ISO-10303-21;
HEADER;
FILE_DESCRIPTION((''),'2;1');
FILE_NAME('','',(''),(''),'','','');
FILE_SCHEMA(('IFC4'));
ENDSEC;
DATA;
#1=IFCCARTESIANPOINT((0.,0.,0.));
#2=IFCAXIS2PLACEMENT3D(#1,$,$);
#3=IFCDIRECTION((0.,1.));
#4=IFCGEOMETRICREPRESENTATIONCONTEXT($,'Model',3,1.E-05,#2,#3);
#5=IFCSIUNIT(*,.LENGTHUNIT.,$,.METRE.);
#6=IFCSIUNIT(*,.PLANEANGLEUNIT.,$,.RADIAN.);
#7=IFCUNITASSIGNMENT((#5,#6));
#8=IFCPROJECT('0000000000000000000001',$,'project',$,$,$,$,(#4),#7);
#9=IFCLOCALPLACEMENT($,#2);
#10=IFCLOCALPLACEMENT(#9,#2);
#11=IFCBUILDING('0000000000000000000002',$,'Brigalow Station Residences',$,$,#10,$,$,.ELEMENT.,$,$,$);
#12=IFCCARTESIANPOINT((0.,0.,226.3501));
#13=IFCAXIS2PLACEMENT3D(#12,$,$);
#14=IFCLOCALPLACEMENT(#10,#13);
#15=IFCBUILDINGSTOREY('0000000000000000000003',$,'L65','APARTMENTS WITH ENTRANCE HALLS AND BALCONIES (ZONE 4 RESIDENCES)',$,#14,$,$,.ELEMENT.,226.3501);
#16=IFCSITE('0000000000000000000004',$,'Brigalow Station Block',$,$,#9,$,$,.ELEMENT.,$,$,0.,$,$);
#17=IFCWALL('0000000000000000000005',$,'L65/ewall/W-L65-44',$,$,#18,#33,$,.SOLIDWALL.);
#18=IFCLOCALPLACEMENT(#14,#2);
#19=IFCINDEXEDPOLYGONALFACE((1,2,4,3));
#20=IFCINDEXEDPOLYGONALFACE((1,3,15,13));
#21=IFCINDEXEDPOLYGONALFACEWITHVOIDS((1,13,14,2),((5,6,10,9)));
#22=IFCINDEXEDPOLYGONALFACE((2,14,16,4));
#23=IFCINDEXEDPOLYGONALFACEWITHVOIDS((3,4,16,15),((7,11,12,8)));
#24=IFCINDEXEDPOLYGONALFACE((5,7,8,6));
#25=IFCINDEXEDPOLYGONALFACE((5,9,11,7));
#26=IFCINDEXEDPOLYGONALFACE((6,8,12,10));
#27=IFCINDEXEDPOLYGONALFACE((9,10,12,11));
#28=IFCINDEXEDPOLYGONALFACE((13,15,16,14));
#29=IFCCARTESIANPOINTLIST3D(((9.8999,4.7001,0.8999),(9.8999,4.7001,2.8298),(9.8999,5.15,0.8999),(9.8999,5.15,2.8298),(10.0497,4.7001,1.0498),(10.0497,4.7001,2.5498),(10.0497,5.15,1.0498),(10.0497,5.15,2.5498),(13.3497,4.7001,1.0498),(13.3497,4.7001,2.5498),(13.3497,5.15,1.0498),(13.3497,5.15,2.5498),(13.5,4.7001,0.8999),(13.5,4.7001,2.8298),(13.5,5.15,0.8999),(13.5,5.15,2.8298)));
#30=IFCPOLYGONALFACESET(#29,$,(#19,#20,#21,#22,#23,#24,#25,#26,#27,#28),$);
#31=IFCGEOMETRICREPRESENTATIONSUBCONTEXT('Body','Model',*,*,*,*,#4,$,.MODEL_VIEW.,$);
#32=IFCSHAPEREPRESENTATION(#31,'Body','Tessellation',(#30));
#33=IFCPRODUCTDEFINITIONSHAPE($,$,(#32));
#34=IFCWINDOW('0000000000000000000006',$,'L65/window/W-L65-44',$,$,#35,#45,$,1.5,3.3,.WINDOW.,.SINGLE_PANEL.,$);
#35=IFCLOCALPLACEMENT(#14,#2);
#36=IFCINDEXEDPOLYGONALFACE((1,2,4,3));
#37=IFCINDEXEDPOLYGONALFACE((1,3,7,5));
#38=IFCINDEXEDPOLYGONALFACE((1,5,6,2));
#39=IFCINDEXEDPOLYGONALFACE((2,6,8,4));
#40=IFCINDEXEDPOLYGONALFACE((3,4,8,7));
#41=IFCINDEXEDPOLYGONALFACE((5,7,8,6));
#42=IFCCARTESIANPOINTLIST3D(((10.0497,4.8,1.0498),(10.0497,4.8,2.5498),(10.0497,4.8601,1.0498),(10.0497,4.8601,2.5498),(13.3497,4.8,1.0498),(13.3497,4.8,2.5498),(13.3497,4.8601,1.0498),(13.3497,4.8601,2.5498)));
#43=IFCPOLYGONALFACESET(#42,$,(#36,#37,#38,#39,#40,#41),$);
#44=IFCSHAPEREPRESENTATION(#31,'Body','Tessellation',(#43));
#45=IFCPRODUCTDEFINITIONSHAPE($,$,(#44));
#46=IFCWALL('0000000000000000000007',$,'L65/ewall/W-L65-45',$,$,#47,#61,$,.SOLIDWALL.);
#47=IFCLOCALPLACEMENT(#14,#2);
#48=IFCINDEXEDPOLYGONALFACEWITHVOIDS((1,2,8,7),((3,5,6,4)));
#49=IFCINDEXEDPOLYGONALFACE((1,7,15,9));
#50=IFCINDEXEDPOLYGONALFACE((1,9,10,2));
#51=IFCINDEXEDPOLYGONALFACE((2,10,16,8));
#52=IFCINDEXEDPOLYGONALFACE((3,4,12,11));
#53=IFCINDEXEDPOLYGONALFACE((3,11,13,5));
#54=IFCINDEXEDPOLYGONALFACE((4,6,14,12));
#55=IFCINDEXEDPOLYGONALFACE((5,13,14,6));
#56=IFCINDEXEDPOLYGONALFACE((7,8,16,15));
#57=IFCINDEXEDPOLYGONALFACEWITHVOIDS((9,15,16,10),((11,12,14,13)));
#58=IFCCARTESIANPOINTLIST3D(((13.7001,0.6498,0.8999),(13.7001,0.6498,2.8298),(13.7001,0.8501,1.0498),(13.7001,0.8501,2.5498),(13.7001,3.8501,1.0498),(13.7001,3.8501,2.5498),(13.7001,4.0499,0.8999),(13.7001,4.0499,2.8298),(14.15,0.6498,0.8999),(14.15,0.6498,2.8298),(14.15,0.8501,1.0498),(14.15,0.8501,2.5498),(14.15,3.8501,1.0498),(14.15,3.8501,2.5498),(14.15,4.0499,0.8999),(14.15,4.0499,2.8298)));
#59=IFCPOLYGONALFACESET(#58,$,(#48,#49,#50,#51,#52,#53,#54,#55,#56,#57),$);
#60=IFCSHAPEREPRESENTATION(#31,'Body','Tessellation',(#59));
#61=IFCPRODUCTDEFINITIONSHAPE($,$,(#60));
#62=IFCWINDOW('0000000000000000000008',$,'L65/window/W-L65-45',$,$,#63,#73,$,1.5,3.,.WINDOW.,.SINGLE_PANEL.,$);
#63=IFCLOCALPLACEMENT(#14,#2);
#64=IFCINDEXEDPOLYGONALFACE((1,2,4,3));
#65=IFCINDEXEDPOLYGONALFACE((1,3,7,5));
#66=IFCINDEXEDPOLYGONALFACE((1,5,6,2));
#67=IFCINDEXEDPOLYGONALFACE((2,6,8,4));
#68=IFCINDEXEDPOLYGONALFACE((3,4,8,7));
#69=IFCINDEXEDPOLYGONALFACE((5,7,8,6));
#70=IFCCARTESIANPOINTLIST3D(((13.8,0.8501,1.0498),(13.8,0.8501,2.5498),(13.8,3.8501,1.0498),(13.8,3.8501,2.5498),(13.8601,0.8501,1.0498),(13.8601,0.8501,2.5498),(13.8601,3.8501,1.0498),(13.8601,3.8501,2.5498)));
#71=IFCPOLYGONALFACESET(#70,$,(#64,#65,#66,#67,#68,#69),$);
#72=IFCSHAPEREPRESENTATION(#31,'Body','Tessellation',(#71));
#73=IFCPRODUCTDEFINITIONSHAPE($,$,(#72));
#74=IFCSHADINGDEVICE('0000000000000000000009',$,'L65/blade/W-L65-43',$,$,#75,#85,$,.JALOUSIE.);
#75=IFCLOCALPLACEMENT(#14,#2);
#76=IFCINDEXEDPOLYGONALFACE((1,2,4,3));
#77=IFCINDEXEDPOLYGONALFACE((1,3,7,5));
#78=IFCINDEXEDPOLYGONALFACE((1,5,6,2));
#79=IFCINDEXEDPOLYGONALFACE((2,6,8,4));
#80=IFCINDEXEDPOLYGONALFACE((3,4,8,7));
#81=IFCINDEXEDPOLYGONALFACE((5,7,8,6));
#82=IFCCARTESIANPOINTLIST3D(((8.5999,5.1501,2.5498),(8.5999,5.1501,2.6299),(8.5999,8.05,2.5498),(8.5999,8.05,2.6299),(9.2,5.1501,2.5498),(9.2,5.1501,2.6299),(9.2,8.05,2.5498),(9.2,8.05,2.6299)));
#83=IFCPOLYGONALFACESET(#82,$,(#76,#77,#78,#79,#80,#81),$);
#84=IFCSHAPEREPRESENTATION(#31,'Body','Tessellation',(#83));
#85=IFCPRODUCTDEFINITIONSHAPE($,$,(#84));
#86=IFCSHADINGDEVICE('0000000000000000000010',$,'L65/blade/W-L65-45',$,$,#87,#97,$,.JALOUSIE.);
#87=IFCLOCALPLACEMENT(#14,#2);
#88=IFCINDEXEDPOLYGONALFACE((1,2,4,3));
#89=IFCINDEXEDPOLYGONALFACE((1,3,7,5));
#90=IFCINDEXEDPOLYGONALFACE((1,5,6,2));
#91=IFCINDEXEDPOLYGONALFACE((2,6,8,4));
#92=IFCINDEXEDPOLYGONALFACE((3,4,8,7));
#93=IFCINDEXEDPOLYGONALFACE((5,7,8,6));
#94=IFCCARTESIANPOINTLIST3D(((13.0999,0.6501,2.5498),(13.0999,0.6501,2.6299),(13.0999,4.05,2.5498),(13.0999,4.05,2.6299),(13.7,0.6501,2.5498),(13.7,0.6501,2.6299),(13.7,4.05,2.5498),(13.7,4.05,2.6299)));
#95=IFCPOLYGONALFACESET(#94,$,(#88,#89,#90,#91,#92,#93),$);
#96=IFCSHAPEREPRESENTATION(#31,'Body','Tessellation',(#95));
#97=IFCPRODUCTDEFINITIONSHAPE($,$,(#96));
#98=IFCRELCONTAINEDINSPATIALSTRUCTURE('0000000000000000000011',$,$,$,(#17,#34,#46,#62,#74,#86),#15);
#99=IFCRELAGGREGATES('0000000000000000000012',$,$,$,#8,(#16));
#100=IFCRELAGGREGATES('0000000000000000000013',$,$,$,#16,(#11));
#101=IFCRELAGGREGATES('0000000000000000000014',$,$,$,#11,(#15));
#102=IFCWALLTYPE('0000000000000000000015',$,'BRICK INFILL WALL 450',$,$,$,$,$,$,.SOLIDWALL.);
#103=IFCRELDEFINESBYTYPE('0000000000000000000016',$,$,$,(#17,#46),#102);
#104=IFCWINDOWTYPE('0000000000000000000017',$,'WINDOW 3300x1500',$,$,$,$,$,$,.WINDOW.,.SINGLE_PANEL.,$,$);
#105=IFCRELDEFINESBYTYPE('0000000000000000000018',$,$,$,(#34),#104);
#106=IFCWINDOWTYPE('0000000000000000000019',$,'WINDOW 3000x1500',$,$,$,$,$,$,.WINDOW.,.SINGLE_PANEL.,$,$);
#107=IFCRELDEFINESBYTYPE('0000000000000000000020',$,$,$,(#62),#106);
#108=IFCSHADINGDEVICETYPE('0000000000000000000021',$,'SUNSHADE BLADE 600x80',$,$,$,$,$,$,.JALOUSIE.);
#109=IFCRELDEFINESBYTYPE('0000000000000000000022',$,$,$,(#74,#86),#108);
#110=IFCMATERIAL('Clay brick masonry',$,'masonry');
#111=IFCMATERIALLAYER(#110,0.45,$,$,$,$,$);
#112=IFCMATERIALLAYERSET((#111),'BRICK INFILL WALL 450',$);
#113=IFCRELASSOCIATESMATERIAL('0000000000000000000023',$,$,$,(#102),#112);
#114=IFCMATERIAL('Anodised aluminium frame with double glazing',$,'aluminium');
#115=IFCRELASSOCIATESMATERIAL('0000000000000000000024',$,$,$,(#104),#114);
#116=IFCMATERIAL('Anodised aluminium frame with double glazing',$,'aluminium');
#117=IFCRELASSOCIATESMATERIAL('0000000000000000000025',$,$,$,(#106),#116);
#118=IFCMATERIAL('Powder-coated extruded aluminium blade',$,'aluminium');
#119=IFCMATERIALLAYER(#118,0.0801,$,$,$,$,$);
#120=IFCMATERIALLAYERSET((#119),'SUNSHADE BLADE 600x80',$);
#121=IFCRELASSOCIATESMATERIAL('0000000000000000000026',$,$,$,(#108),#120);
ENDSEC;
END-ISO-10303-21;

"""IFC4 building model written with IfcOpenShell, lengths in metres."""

from ifc_helpers import new_model, si_unit, direction, frame, frame_2d, origin, origin_2d, place, context, subcontext, project, spatial, rectangle, extrude, material, layer, layer_set, type_object, element, fill, save


model = new_model("IFC4")

# Units and contexts
model_context = context("Model", 3, precision=1e-05, world=origin(), true_north=direction((0.0, 1.0)))
body_context = subcontext(model_context, "Body", "Model", "MODEL_VIEW")
ifc_project = project(units=[si_unit("LENGTHUNIT", "METRE"), si_unit("PLANEANGLEUNIT", "RADIAN")], contexts=[model_context])

# Site, building, storey
site_placement = place(None, origin())
site = spatial("IfcSite", under=ifc_project, at=site_placement, Name="Brigalow Station Block", CompositionType="ELEMENT", RefElevation=0.0)
building_placement = place(site_placement, origin())
building = spatial("IfcBuilding", under=site, at=building_placement, Name="Brigalow Station Residences", CompositionType="ELEMENT")
storey_placement = place(building_placement, frame((0.0, 0.0, 226.3501)))
storey = spatial("IfcBuildingStorey", under=building, at=storey_placement, Name="L65", Description="APARTMENTS WITH ENTRANCE HALLS AND BALCONIES (ZONE 4 RESIDENCES)", CompositionType="ELEMENT", Elevation=226.3501)

# Walls, openings, windows
ifc_material_1 = material(Name="Clay brick masonry", Category="masonry")
ifc_layer_1 = layer(ifc_material_1, 0.45)
ifc_layer_set_1 = layer_set([ifc_layer_1], Name="BRICK INFILL WALL 450")
wall_type = type_object("IfcWallType", Name="BRICK INFILL WALL 450", PredefinedType="SOLIDWALL", material=ifc_layer_set_1)
wall_1_placement = place(storey_placement, frame((9.8999, 4.925, 0.8999), z_axis=(0.0, 0.0, 1.0), x_axis=(1.0, 0.0, 0.0)))
wall_1 = element("IfcWall", 1, at=wall_1_placement, inside=storey, type_object=wall_type, Name="L65/ewall/W-L65-44", PredefinedType="SOLIDWALL", context=body_context, shape_type="SweptSolid", body=[
    extrude(rectangle(XDim=3.6001, YDim=0.45, at=frame_2d((1.8, 0.0))), origin(), (0.0, 0.0, 1.0), 1.9299),
])
opening_1_placement = place(wall_1_placement, frame((0.1499, 0.0, 0.1499)))
opening_1 = element("IfcOpeningElement", 2, at=opening_1_placement, cuts=wall_1, PredefinedType="OPENING", context=body_context, shape_type="SweptSolid", body=[
    extrude(rectangle(XDim=3.3, YDim=1.5, at=frame_2d((1.6499, 0.75))), frame((0.0, 0.2349, 0.0), z_axis=(0.0, -1.0, 0.0), x_axis=(1.0, 0.0, 0.0)), (0.0, 0.0, 1.0), 0.47),
])
ifc_material_2 = material(Name="Anodised aluminium frame with double glazing", Category="aluminium")
window_type_1 = type_object("IfcWindowType", Name="WINDOW 3300x1500", PartitioningType="SINGLE_PANEL", PredefinedType="WINDOW", material=ifc_material_2)
window_1_placement = place(opening_1_placement, origin())
window_1 = element("IfcWindow", 3, at=window_1_placement, inside=storey, type_object=window_type_1, Name="L65/window/W-L65-44", OverallHeight=1.5, OverallWidth=3.3, PartitioningType="SINGLE_PANEL", PredefinedType="WINDOW", context=body_context, shape_type="SweptSolid", body=[
    extrude(rectangle(XDim=3.3, YDim=1.5, at=frame_2d((1.6499, 0.75))), frame((0.0, -0.0649, 0.0), z_axis=(0.0, -1.0, 0.0), x_axis=(1.0, 0.0, 0.0)), (0.0, 0.0, 1.0), 0.0601),
])
fill(opening_1, window_1)
wall_2_placement = place(storey_placement, frame((13.925, 4.05, 0.8999), z_axis=(0.0, 0.0, 1.0), x_axis=(0.0, -1.0, 0.0)))
wall_2 = element("IfcWall", 4, at=wall_2_placement, inside=storey, type_object=wall_type, Name="L65/ewall/W-L65-45", PredefinedType="SOLIDWALL", context=body_context, shape_type="SweptSolid", body=[
    extrude(rectangle(XDim=3.4001, YDim=0.45, at=frame_2d((1.7002, 0.0))), origin(), (0.0, 0.0, 1.0), 1.9299),
])
opening_2_placement = place(wall_2_placement, frame((0.2, 0.0, 0.1499)))
opening_2 = element("IfcOpeningElement", 5, at=opening_2_placement, cuts=wall_2, PredefinedType="OPENING", context=body_context, shape_type="SweptSolid", body=[
    extrude(rectangle(XDim=3.0, YDim=1.5, at=frame_2d((1.5, 0.75))), frame((0.0, 0.2349, 0.0), z_axis=(0.0, -1.0, 0.0), x_axis=(1.0, 0.0, 0.0)), (0.0, 0.0, 1.0), 0.47),
])
ifc_material_3 = material(Name="Anodised aluminium frame with double glazing", Category="aluminium")
window_type_2 = type_object("IfcWindowType", Name="WINDOW 3000x1500", PartitioningType="SINGLE_PANEL", PredefinedType="WINDOW", material=ifc_material_3)
window_2_placement = place(opening_2_placement, origin())
window_2 = element("IfcWindow", 6, at=window_2_placement, inside=storey, type_object=window_type_2, Name="L65/window/W-L65-45", OverallHeight=1.5, OverallWidth=3.0, PartitioningType="SINGLE_PANEL", PredefinedType="WINDOW", context=body_context, shape_type="SweptSolid", body=[
    extrude(rectangle(XDim=3.0, YDim=1.5, at=frame_2d((1.5, 0.75))), frame((0.0, -0.0649, 0.0), z_axis=(0.0, -1.0, 0.0), x_axis=(1.0, 0.0, 0.0)), (0.0, 0.0, 1.0), 0.0601),
])
fill(opening_2, window_2)

# Shading devices
ifc_material_4 = material(Name="Powder-coated extruded aluminium blade", Category="aluminium")
ifc_layer_2 = layer(ifc_material_4, 0.0801)
ifc_layer_set_2 = layer_set([ifc_layer_2], Name="SUNSHADE BLADE 600x80")
shading_device_type = type_object("IfcShadingDeviceType", Name="SUNSHADE BLADE 600x80", PredefinedType="JALOUSIE", material=ifc_layer_set_2)
shading_device_1_placement = place(storey_placement, frame((8.8999, 6.6001, 2.5498), z_axis=(0.0, 0.0, 1.0), x_axis=(0.0, -1.0, 0.0)))
element("IfcShadingDevice", 7, at=shading_device_1_placement, inside=storey, type_object=shading_device_type, Name="L65/blade/W-L65-43", PredefinedType="JALOUSIE", context=body_context, shape_type="SweptSolid", body=[
    extrude(rectangle(XDim=2.8999, YDim=0.6001, at=origin_2d()), origin(), (0.0, 0.0, 1.0), 0.0801),
])
shading_device_2_placement = place(storey_placement, frame((13.3999, 2.3501, 2.5498), z_axis=(0.0, 0.0, 1.0), x_axis=(0.0, -1.0, 0.0)))
element("IfcShadingDevice", 8, at=shading_device_2_placement, inside=storey, type_object=shading_device_type, Name="L65/blade/W-L65-45", PredefinedType="JALOUSIE", context=body_context, shape_type="SweptSolid", body=[
    extrude(rectangle(XDim=3.3999, YDim=0.6001, at=origin_2d()), origin(), (0.0, 0.0, 1.0), 0.0801),
])

save(model, "model.ifc")
